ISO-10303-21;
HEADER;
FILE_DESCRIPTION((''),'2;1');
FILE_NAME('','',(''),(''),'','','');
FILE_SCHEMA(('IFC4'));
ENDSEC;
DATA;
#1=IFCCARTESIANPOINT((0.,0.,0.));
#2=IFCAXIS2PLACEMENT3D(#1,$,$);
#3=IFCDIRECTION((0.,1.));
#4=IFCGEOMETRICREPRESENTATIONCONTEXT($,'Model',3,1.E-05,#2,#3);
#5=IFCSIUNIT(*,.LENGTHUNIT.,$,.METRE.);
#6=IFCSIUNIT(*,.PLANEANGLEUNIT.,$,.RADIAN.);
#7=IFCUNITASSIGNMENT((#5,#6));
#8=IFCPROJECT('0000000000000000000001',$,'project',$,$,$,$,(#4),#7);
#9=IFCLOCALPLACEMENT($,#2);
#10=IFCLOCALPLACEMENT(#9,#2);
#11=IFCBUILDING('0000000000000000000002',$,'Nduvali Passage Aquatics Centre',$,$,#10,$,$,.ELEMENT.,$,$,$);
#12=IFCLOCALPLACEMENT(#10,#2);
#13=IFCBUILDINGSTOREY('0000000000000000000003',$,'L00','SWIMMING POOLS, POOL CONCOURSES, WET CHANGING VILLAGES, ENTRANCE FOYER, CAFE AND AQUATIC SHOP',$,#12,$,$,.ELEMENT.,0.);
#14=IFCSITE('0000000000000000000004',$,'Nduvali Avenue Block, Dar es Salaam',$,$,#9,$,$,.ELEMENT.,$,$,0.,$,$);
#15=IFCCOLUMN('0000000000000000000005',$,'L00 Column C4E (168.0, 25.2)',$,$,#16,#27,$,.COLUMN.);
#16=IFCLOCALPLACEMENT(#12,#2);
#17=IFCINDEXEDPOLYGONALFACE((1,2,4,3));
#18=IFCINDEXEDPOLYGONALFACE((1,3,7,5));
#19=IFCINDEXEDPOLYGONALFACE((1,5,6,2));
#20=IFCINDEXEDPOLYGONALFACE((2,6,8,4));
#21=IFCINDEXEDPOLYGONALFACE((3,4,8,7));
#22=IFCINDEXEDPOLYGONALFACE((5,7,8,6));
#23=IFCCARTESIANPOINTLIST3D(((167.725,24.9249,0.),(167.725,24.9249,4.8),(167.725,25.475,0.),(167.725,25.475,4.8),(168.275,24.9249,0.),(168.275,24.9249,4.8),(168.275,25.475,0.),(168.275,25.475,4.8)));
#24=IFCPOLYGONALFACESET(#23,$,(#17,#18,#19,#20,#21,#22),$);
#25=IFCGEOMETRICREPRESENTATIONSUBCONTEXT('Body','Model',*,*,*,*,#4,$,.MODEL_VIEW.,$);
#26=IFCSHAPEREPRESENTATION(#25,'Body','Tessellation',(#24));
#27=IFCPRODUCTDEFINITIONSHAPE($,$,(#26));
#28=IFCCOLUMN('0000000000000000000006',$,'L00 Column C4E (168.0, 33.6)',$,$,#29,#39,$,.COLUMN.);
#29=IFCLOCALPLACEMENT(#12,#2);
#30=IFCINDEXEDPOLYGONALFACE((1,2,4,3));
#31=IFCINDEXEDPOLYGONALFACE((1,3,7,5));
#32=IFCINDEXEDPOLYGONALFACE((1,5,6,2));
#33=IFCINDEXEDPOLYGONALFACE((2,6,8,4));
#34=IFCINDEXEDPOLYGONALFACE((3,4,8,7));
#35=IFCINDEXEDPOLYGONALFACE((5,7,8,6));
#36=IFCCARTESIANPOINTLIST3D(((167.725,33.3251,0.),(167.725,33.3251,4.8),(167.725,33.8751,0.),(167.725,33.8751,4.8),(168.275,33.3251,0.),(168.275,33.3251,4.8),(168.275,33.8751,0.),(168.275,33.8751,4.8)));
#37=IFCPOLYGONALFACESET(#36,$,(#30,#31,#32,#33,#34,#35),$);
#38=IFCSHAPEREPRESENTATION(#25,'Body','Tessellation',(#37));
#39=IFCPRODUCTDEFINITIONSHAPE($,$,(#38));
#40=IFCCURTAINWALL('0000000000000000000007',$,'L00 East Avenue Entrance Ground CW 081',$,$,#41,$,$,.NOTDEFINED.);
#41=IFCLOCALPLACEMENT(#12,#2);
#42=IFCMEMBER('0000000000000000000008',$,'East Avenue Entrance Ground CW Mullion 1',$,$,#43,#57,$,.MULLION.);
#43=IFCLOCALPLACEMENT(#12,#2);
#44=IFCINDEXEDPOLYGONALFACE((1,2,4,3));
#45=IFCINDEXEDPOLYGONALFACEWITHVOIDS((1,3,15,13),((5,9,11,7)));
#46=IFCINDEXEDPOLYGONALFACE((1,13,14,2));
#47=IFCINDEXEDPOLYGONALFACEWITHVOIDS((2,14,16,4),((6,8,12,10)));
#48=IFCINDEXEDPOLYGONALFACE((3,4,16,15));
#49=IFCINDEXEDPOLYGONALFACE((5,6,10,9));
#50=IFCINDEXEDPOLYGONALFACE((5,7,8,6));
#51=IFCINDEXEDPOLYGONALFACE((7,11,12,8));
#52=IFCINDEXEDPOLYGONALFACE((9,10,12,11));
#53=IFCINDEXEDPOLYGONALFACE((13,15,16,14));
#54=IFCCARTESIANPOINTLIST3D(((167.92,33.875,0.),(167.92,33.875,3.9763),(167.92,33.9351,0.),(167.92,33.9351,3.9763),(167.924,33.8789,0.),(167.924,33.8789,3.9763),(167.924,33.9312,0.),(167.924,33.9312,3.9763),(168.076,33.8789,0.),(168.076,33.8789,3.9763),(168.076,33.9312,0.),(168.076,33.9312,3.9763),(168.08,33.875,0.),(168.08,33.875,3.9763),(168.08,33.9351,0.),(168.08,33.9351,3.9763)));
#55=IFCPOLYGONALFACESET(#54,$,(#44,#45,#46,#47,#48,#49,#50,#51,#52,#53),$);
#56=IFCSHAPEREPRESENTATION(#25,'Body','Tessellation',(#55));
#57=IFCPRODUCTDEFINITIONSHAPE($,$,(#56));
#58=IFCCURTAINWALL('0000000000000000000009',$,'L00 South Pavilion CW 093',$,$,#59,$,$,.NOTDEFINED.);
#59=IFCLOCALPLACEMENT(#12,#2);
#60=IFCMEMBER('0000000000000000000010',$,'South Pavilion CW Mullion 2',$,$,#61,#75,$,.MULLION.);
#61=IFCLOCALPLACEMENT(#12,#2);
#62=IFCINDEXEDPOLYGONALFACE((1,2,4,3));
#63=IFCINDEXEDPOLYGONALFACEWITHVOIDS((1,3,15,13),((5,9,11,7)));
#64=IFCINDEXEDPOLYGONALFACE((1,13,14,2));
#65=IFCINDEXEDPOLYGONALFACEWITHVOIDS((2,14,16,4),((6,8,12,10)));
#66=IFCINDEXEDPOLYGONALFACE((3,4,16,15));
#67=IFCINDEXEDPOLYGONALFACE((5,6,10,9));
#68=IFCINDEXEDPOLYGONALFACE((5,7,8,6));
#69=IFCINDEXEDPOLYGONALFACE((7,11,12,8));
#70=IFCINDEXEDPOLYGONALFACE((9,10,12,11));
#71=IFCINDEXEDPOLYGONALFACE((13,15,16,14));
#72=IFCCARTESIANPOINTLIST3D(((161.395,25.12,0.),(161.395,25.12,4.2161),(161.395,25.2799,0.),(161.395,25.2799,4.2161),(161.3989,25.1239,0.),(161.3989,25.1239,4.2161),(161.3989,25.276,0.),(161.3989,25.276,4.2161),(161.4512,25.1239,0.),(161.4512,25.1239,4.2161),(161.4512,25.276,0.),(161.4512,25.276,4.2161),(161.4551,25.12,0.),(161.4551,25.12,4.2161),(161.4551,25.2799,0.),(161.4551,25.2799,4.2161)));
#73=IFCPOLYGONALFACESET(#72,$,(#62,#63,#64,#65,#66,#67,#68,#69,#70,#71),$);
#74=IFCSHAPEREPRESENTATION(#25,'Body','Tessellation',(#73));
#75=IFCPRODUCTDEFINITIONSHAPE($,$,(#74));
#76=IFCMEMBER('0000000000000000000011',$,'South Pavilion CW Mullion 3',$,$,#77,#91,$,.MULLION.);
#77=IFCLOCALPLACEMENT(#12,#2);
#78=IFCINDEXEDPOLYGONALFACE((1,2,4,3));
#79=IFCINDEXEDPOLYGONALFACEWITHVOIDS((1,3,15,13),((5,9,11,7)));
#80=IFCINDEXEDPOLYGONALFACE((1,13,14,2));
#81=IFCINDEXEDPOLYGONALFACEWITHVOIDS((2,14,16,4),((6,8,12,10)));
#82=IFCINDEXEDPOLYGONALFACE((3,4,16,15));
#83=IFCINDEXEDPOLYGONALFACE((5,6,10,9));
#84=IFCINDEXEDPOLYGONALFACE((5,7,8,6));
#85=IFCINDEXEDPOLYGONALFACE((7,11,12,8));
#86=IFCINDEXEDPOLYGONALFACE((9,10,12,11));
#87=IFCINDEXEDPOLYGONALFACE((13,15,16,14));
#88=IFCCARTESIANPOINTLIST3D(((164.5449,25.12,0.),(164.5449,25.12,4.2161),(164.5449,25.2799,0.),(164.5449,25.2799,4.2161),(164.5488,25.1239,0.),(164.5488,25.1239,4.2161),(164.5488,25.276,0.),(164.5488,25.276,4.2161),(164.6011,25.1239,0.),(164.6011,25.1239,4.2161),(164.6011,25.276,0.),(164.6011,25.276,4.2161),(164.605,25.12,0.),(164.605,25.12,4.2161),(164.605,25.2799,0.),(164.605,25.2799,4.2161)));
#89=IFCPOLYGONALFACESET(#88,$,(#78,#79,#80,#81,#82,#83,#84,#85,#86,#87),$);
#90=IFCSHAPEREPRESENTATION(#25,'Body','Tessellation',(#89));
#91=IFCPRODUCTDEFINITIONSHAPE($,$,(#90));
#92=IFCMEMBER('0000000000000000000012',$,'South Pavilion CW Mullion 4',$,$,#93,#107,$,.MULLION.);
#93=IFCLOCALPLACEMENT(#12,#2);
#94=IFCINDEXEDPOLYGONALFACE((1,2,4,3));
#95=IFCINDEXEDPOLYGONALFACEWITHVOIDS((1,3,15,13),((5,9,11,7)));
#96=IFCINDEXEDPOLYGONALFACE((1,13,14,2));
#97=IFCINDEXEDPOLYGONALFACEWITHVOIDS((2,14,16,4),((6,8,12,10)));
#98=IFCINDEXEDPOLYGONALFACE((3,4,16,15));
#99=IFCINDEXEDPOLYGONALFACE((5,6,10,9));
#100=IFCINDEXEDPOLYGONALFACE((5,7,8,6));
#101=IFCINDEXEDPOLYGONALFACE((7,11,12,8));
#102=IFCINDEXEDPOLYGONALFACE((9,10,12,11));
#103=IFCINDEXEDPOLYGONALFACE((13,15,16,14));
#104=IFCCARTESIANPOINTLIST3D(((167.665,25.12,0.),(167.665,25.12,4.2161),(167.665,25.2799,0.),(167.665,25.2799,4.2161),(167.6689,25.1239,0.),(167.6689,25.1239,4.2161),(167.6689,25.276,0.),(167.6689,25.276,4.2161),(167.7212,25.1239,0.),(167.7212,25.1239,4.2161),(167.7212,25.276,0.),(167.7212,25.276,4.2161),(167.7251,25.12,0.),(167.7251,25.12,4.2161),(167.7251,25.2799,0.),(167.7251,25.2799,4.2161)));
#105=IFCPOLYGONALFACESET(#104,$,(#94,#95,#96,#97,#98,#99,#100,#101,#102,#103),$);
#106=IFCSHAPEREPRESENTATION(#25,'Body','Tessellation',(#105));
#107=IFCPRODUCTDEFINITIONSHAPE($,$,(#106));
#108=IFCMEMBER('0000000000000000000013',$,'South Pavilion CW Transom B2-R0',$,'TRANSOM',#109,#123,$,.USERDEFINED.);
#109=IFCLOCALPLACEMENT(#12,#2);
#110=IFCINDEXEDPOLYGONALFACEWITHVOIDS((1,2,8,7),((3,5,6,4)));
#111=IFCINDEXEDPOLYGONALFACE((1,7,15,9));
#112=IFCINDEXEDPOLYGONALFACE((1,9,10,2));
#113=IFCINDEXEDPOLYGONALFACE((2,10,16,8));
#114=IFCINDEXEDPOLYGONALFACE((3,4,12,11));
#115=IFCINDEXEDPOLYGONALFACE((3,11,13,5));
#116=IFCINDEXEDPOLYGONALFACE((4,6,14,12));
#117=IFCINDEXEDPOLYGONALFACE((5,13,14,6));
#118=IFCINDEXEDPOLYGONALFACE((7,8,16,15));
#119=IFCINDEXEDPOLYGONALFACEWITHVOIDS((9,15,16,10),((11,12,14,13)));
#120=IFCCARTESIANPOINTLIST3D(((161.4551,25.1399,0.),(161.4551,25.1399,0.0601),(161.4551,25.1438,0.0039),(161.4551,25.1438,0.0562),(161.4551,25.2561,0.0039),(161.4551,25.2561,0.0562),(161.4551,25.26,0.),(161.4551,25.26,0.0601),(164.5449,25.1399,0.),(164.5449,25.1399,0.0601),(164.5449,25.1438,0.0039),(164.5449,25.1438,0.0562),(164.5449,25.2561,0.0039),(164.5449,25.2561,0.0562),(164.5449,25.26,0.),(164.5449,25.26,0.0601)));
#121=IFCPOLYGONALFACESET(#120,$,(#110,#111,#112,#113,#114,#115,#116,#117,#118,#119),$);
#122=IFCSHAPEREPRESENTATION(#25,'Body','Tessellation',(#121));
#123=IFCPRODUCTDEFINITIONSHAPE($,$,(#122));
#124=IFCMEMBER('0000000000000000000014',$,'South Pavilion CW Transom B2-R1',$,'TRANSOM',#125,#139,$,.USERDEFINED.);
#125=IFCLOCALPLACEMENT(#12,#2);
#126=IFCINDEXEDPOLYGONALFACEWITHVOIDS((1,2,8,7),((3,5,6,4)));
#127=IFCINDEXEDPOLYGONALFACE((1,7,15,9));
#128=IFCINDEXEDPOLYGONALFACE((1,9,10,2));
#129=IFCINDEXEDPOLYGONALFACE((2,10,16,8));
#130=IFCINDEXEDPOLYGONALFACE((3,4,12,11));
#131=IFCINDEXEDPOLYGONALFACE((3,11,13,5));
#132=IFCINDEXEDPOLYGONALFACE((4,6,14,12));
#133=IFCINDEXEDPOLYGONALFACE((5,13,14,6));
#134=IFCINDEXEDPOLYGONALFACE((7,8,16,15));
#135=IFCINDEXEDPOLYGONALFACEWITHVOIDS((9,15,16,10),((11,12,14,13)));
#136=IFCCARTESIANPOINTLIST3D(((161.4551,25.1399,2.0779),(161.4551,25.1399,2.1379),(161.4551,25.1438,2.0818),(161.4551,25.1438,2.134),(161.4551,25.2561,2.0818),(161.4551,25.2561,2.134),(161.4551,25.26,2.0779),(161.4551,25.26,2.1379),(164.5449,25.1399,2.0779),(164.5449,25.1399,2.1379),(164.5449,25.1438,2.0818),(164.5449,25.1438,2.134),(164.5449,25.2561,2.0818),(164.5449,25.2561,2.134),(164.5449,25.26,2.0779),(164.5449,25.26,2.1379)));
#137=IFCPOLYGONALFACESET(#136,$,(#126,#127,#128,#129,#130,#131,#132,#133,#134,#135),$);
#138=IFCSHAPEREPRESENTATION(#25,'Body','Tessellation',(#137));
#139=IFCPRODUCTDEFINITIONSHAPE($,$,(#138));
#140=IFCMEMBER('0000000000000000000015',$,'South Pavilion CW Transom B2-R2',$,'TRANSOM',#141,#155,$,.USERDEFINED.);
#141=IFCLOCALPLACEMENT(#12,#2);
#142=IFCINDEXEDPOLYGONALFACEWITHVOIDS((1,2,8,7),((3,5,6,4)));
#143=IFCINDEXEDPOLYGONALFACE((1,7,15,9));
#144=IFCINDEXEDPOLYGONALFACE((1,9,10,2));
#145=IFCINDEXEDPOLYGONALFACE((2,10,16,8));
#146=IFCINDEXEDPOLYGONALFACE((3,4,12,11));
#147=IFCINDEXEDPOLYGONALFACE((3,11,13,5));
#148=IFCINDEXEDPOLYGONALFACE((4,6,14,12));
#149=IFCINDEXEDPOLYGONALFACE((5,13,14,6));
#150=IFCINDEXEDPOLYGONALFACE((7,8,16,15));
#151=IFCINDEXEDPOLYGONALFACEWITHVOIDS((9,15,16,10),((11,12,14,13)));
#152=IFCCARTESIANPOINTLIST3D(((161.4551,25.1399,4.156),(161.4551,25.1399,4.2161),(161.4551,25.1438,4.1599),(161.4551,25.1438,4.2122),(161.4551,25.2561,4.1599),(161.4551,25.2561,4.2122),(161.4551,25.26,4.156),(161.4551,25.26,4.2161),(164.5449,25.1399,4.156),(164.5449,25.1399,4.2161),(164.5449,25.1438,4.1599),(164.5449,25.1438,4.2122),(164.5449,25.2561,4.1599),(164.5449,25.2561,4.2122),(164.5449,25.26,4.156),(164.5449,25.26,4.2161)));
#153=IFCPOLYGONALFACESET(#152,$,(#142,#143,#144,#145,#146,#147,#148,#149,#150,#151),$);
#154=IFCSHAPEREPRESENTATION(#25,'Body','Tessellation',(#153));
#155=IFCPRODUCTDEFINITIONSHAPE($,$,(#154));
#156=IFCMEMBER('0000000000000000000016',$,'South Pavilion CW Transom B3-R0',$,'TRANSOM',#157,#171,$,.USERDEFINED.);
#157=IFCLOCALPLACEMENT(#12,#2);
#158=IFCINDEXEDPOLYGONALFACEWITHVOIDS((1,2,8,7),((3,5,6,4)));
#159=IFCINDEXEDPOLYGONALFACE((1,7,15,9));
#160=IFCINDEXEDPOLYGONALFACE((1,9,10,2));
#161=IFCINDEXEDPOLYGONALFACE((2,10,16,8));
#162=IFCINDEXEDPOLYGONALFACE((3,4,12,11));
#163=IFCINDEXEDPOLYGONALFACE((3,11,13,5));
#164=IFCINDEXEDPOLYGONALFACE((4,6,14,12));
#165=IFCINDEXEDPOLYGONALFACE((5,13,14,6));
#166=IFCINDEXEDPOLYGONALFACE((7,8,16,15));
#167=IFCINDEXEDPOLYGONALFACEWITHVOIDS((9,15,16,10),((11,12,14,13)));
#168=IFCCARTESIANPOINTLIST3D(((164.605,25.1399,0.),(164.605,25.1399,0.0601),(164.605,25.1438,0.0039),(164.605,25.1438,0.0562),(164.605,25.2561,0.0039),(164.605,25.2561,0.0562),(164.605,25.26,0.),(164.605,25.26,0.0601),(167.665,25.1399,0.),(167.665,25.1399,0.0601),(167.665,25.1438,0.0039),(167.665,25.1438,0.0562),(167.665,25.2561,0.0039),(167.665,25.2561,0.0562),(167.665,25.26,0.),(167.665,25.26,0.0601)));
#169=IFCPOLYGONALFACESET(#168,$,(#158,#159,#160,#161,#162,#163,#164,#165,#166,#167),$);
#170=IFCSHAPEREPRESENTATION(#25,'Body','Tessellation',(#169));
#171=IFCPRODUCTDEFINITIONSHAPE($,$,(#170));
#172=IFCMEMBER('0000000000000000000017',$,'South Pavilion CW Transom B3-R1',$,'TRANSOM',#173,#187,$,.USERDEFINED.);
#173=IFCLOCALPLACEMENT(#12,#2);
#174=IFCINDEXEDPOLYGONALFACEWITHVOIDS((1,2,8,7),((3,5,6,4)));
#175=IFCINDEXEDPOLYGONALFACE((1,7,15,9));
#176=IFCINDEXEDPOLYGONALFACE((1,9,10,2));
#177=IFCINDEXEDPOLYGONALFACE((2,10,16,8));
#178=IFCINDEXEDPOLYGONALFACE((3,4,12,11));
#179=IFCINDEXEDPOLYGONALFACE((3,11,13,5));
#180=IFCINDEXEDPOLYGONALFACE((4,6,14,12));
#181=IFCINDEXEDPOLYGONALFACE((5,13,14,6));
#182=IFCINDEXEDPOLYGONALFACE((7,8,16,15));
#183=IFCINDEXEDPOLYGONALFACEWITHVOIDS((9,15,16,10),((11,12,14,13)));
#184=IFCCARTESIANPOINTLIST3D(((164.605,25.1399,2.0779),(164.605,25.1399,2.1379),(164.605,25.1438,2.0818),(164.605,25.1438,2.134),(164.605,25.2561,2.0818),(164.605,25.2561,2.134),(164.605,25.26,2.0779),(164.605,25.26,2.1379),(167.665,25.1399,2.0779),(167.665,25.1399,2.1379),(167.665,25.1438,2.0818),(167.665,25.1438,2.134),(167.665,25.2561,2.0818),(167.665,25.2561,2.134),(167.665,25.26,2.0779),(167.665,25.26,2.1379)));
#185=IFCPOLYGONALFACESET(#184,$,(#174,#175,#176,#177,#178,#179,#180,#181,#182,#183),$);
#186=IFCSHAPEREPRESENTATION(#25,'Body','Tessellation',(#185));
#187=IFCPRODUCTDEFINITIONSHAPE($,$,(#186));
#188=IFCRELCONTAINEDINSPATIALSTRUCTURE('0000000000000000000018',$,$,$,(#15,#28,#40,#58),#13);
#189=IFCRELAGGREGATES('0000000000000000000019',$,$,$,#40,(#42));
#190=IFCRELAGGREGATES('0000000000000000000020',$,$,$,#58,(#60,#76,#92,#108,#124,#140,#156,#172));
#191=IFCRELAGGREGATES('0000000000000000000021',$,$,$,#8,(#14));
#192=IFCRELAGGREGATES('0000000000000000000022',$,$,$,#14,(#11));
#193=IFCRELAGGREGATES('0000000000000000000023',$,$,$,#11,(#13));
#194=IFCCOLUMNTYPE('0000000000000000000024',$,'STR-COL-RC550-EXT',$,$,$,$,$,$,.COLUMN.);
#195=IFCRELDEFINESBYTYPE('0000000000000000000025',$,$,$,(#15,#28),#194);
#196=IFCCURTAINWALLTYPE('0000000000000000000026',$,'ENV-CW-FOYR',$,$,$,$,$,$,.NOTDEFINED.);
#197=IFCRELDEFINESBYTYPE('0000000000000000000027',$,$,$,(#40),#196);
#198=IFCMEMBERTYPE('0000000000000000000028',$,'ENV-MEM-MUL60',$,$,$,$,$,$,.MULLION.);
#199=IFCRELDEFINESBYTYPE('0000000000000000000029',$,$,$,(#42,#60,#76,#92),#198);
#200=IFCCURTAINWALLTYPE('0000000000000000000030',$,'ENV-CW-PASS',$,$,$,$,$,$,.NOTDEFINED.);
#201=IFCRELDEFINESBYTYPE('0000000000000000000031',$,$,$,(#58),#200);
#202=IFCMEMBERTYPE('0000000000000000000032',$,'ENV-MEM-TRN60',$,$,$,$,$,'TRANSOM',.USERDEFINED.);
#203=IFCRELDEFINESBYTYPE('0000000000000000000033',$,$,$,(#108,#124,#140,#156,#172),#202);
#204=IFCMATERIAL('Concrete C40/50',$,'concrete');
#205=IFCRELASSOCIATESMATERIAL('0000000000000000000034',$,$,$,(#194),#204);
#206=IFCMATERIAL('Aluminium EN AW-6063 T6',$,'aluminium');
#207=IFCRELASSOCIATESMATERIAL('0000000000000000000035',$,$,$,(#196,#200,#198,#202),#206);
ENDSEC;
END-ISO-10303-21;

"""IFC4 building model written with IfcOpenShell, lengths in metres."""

from ifc_helpers import new_model, si_unit, direction, frame, origin, origin_2d, place, context, subcontext, project, spatial, rectangle, hollow_rectangle, extrude, material, material_profile, profile_set, type_object, element, aggregate, save


model = new_model("IFC4")

# Units and contexts
model_context = context("Model", 3, precision=1e-05, world=origin(), true_north=direction((0.0, 1.0)))
body_context = subcontext(model_context, "Body", "Model", "MODEL_VIEW")
ifc_project = project(units=[si_unit("LENGTHUNIT", "METRE"), si_unit("PLANEANGLEUNIT", "RADIAN")], contexts=[model_context])

# Site, building, storey
site_placement = place(None, origin())
site = spatial("IfcSite", under=ifc_project, at=site_placement, Name="Nduvali Avenue Block, Dar es Salaam", CompositionType="ELEMENT", RefElevation=0.0)
building_placement = place(site_placement, origin())
building = spatial("IfcBuilding", under=site, at=building_placement, Name="Nduvali Passage Aquatics Centre", CompositionType="ELEMENT")
storey_placement = place(building_placement, origin())
storey = spatial("IfcBuildingStorey", under=building, at=storey_placement, Name="L00", Description="SWIMMING POOLS, POOL CONCOURSES, WET CHANGING VILLAGES, ENTRANCE FOYER, CAFE AND AQUATIC SHOP", CompositionType="ELEMENT", Elevation=0.0)

# Columns
ifc_material_1 = material(Name="Concrete C40/50", Category="concrete")
ifc_material_profile_1 = material_profile(ifc_material_1, rectangle(XDim=0.55, YDim=0.55, at=origin_2d()), Name="RC 550x550")
ifc_profile_set_1 = profile_set([ifc_material_profile_1], Name="Concrete C40/50")
column_type = type_object("IfcColumnType", Name="STR-COL-RC550-EXT", PredefinedType="COLUMN", material=ifc_profile_set_1)
for number, where, z_axis, x_axis, name in (
    (1, (168.0, 25.2, 0.0), (0.0, 0.0, 1.0), (1.0, 0.0, 0.0), "L00 Column C4E (168.0, 25.2)"),
    (2, (168.0, 33.6001, 0.0), (0.0, 0.0, 1.0), (1.0, 0.0, 0.0), "L00 Column C4E (168.0, 33.6)"),
):
    element("IfcColumn", number, at=place(storey_placement, frame(where, z_axis=z_axis, x_axis=x_axis)), inside=storey, type_object=column_type, Name=name, PredefinedType="COLUMN", context=body_context, shape_type="SweptSolid", body=[
        extrude(rectangle(XDim=0.55, YDim=0.55, at=origin_2d()), origin(), (0.0, 0.0, 1.0), 4.8),
    ])

# Curtain wall, member
ifc_material_2 = material(Name="Aluminium EN AW-6063 T6", Category="aluminium")
curtain_wall_type_1 = type_object("IfcCurtainWallType", Name="ENV-CW-FOYR", PredefinedType="NOTDEFINED", material=ifc_material_2)
curtain_wall_1_placement = place(storey_placement, origin())
curtain_wall_1 = element("IfcCurtainWall", 3, at=curtain_wall_1_placement, inside=storey, type_object=curtain_wall_type_1, Name="L00 East Avenue Entrance Ground CW 081", PredefinedType="NOTDEFINED")
ifc_material_profile_2 = material_profile(ifc_material_2, hollow_rectangle(XDim=0.0601, YDim=0.1599, WallThickness=0.0039, at=origin_2d()), Name="ALU MULLION 60x160x4")
ifc_profile_set_2 = profile_set([ifc_material_profile_2], Name="Aluminium EN AW-6063 T6")
member_type_1 = type_object("IfcMemberType", Name="ENV-MEM-MUL60", PredefinedType="MULLION", material=ifc_profile_set_2)
member_1_placement = place(storey_placement, frame((168.0, 33.905, 0.0), z_axis=(0.0, 0.0, 1.0), x_axis=(0.0, 1.0, 0.0)))
member_1 = element("IfcMember", 4, at=member_1_placement, type_object=member_type_1, Name="East Avenue Entrance Ground CW Mullion 1", PredefinedType="MULLION", context=body_context, shape_type="SweptSolid", body=[
    extrude(hollow_rectangle(XDim=0.0601, YDim=0.1599, WallThickness=0.0039, at=origin_2d()), origin(), (0.0, 0.0, 1.0), 3.9763),
])
aggregate(curtain_wall_1, [member_1])

# Curtain wall, members
curtain_wall_type_2 = type_object("IfcCurtainWallType", Name="ENV-CW-PASS", PredefinedType="NOTDEFINED", material=ifc_material_2)
curtain_wall_2_placement = place(storey_placement, origin())
curtain_wall_2 = element("IfcCurtainWall", 5, at=curtain_wall_2_placement, inside=storey, type_object=curtain_wall_type_2, Name="L00 South Pavilion CW 093", PredefinedType="NOTDEFINED")
member_2_placement = place(storey_placement, frame((161.425, 25.2, 0.0), z_axis=(0.0, 0.0, 1.0), x_axis=(1.0, 0.0, 0.0)))
member_2 = element("IfcMember", 6, at=member_2_placement, type_object=member_type_1, Name="South Pavilion CW Mullion 2", PredefinedType="MULLION", context=body_context, shape_type="SweptSolid", body=[
    extrude(hollow_rectangle(XDim=0.0601, YDim=0.1599, WallThickness=0.0039, at=origin_2d()), origin(), (0.0, 0.0, 1.0), 4.2161),
])
member_3_placement = place(storey_placement, frame((164.575, 25.2, 0.0), z_axis=(0.0, 0.0, 1.0), x_axis=(1.0, 0.0, 0.0)))
member_3 = element("IfcMember", 7, at=member_3_placement, type_object=member_type_1, Name="South Pavilion CW Mullion 3", PredefinedType="MULLION", context=body_context, shape_type="SweptSolid", body=[
    extrude(hollow_rectangle(XDim=0.0601, YDim=0.1599, WallThickness=0.0039, at=origin_2d()), origin(), (0.0, 0.0, 1.0), 4.2161),
])
member_4_placement = place(storey_placement, frame((167.6951, 25.2, 0.0), z_axis=(0.0, 0.0, 1.0), x_axis=(1.0, 0.0, 0.0)))
member_4 = element("IfcMember", 8, at=member_4_placement, type_object=member_type_1, Name="South Pavilion CW Mullion 4", PredefinedType="MULLION", context=body_context, shape_type="SweptSolid", body=[
    extrude(hollow_rectangle(XDim=0.0601, YDim=0.1599, WallThickness=0.0039, at=origin_2d()), origin(), (0.0, 0.0, 1.0), 4.2161),
])
ifc_material_profile_3 = material_profile(ifc_material_2, hollow_rectangle(XDim=0.1201, YDim=0.0601, WallThickness=0.0039, at=origin_2d()), Name="ALU TRANSOM 120x60x4")
ifc_profile_set_3 = profile_set([ifc_material_profile_3], Name="Aluminium EN AW-6063 T6")
member_type_2 = type_object("IfcMemberType", Name="ENV-MEM-TRN60", ElementType="TRANSOM", PredefinedType="USERDEFINED", material=ifc_profile_set_3)
member_5_placement = place(storey_placement, frame((161.4551, 25.2, 0.03), z_axis=(1.0, 0.0, 0.0), x_axis=(0.0, 1.0, 0.0)))
member_5 = element("IfcMember", 9, at=member_5_placement, type_object=member_type_2, Name="South Pavilion CW Transom B2-R0", ObjectType="TRANSOM", PredefinedType="USERDEFINED", context=body_context, shape_type="SweptSolid", body=[
    extrude(hollow_rectangle(XDim=0.1201, YDim=0.0601, WallThickness=0.0039, at=origin_2d()), origin(), (0.0, 0.0, 1.0), 3.0898),
])
member_6_placement = place(storey_placement, frame((161.4551, 25.2, 2.1079), z_axis=(1.0, 0.0, 0.0), x_axis=(0.0, 1.0, 0.0)))
member_6 = element("IfcMember", 10, at=member_6_placement, type_object=member_type_2, Name="South Pavilion CW Transom B2-R1", ObjectType="TRANSOM", PredefinedType="USERDEFINED", context=body_context, shape_type="SweptSolid", body=[
    extrude(hollow_rectangle(XDim=0.1201, YDim=0.0601, WallThickness=0.0039, at=origin_2d()), origin(), (0.0, 0.0, 1.0), 3.0898),
])
member_7_placement = place(storey_placement, frame((161.4551, 25.2, 4.186), z_axis=(1.0, 0.0, 0.0), x_axis=(0.0, 1.0, 0.0)))
member_7 = element("IfcMember", 11, at=member_7_placement, type_object=member_type_2, Name="South Pavilion CW Transom B2-R2", ObjectType="TRANSOM", PredefinedType="USERDEFINED", context=body_context, shape_type="SweptSolid", body=[
    extrude(hollow_rectangle(XDim=0.1201, YDim=0.0601, WallThickness=0.0039, at=origin_2d()), origin(), (0.0, 0.0, 1.0), 3.0898),
])
member_8_placement = place(storey_placement, frame((164.605, 25.2, 0.03), z_axis=(1.0, 0.0, 0.0), x_axis=(0.0, 1.0, 0.0)))
member_8 = element("IfcMember", 12, at=member_8_placement, type_object=member_type_2, Name="South Pavilion CW Transom B3-R0", ObjectType="TRANSOM", PredefinedType="USERDEFINED", context=body_context, shape_type="SweptSolid", body=[
    extrude(hollow_rectangle(XDim=0.1201, YDim=0.0601, WallThickness=0.0039, at=origin_2d()), origin(), (0.0, 0.0, 1.0), 3.0601),
])
member_9_placement = place(storey_placement, frame((164.605, 25.2, 2.1079), z_axis=(1.0, 0.0, 0.0), x_axis=(0.0, 1.0, 0.0)))
member_9 = element("IfcMember", 13, at=member_9_placement, type_object=member_type_2, Name="South Pavilion CW Transom B3-R1", ObjectType="TRANSOM", PredefinedType="USERDEFINED", context=body_context, shape_type="SweptSolid", body=[
    extrude(hollow_rectangle(XDim=0.1201, YDim=0.0601, WallThickness=0.0039, at=origin_2d()), origin(), (0.0, 0.0, 1.0), 3.0601),
])

aggregate(curtain_wall_2, [member_2, member_3, member_4, member_5, member_6, member_7, member_8, member_9])

save(model, "model.ifc")
